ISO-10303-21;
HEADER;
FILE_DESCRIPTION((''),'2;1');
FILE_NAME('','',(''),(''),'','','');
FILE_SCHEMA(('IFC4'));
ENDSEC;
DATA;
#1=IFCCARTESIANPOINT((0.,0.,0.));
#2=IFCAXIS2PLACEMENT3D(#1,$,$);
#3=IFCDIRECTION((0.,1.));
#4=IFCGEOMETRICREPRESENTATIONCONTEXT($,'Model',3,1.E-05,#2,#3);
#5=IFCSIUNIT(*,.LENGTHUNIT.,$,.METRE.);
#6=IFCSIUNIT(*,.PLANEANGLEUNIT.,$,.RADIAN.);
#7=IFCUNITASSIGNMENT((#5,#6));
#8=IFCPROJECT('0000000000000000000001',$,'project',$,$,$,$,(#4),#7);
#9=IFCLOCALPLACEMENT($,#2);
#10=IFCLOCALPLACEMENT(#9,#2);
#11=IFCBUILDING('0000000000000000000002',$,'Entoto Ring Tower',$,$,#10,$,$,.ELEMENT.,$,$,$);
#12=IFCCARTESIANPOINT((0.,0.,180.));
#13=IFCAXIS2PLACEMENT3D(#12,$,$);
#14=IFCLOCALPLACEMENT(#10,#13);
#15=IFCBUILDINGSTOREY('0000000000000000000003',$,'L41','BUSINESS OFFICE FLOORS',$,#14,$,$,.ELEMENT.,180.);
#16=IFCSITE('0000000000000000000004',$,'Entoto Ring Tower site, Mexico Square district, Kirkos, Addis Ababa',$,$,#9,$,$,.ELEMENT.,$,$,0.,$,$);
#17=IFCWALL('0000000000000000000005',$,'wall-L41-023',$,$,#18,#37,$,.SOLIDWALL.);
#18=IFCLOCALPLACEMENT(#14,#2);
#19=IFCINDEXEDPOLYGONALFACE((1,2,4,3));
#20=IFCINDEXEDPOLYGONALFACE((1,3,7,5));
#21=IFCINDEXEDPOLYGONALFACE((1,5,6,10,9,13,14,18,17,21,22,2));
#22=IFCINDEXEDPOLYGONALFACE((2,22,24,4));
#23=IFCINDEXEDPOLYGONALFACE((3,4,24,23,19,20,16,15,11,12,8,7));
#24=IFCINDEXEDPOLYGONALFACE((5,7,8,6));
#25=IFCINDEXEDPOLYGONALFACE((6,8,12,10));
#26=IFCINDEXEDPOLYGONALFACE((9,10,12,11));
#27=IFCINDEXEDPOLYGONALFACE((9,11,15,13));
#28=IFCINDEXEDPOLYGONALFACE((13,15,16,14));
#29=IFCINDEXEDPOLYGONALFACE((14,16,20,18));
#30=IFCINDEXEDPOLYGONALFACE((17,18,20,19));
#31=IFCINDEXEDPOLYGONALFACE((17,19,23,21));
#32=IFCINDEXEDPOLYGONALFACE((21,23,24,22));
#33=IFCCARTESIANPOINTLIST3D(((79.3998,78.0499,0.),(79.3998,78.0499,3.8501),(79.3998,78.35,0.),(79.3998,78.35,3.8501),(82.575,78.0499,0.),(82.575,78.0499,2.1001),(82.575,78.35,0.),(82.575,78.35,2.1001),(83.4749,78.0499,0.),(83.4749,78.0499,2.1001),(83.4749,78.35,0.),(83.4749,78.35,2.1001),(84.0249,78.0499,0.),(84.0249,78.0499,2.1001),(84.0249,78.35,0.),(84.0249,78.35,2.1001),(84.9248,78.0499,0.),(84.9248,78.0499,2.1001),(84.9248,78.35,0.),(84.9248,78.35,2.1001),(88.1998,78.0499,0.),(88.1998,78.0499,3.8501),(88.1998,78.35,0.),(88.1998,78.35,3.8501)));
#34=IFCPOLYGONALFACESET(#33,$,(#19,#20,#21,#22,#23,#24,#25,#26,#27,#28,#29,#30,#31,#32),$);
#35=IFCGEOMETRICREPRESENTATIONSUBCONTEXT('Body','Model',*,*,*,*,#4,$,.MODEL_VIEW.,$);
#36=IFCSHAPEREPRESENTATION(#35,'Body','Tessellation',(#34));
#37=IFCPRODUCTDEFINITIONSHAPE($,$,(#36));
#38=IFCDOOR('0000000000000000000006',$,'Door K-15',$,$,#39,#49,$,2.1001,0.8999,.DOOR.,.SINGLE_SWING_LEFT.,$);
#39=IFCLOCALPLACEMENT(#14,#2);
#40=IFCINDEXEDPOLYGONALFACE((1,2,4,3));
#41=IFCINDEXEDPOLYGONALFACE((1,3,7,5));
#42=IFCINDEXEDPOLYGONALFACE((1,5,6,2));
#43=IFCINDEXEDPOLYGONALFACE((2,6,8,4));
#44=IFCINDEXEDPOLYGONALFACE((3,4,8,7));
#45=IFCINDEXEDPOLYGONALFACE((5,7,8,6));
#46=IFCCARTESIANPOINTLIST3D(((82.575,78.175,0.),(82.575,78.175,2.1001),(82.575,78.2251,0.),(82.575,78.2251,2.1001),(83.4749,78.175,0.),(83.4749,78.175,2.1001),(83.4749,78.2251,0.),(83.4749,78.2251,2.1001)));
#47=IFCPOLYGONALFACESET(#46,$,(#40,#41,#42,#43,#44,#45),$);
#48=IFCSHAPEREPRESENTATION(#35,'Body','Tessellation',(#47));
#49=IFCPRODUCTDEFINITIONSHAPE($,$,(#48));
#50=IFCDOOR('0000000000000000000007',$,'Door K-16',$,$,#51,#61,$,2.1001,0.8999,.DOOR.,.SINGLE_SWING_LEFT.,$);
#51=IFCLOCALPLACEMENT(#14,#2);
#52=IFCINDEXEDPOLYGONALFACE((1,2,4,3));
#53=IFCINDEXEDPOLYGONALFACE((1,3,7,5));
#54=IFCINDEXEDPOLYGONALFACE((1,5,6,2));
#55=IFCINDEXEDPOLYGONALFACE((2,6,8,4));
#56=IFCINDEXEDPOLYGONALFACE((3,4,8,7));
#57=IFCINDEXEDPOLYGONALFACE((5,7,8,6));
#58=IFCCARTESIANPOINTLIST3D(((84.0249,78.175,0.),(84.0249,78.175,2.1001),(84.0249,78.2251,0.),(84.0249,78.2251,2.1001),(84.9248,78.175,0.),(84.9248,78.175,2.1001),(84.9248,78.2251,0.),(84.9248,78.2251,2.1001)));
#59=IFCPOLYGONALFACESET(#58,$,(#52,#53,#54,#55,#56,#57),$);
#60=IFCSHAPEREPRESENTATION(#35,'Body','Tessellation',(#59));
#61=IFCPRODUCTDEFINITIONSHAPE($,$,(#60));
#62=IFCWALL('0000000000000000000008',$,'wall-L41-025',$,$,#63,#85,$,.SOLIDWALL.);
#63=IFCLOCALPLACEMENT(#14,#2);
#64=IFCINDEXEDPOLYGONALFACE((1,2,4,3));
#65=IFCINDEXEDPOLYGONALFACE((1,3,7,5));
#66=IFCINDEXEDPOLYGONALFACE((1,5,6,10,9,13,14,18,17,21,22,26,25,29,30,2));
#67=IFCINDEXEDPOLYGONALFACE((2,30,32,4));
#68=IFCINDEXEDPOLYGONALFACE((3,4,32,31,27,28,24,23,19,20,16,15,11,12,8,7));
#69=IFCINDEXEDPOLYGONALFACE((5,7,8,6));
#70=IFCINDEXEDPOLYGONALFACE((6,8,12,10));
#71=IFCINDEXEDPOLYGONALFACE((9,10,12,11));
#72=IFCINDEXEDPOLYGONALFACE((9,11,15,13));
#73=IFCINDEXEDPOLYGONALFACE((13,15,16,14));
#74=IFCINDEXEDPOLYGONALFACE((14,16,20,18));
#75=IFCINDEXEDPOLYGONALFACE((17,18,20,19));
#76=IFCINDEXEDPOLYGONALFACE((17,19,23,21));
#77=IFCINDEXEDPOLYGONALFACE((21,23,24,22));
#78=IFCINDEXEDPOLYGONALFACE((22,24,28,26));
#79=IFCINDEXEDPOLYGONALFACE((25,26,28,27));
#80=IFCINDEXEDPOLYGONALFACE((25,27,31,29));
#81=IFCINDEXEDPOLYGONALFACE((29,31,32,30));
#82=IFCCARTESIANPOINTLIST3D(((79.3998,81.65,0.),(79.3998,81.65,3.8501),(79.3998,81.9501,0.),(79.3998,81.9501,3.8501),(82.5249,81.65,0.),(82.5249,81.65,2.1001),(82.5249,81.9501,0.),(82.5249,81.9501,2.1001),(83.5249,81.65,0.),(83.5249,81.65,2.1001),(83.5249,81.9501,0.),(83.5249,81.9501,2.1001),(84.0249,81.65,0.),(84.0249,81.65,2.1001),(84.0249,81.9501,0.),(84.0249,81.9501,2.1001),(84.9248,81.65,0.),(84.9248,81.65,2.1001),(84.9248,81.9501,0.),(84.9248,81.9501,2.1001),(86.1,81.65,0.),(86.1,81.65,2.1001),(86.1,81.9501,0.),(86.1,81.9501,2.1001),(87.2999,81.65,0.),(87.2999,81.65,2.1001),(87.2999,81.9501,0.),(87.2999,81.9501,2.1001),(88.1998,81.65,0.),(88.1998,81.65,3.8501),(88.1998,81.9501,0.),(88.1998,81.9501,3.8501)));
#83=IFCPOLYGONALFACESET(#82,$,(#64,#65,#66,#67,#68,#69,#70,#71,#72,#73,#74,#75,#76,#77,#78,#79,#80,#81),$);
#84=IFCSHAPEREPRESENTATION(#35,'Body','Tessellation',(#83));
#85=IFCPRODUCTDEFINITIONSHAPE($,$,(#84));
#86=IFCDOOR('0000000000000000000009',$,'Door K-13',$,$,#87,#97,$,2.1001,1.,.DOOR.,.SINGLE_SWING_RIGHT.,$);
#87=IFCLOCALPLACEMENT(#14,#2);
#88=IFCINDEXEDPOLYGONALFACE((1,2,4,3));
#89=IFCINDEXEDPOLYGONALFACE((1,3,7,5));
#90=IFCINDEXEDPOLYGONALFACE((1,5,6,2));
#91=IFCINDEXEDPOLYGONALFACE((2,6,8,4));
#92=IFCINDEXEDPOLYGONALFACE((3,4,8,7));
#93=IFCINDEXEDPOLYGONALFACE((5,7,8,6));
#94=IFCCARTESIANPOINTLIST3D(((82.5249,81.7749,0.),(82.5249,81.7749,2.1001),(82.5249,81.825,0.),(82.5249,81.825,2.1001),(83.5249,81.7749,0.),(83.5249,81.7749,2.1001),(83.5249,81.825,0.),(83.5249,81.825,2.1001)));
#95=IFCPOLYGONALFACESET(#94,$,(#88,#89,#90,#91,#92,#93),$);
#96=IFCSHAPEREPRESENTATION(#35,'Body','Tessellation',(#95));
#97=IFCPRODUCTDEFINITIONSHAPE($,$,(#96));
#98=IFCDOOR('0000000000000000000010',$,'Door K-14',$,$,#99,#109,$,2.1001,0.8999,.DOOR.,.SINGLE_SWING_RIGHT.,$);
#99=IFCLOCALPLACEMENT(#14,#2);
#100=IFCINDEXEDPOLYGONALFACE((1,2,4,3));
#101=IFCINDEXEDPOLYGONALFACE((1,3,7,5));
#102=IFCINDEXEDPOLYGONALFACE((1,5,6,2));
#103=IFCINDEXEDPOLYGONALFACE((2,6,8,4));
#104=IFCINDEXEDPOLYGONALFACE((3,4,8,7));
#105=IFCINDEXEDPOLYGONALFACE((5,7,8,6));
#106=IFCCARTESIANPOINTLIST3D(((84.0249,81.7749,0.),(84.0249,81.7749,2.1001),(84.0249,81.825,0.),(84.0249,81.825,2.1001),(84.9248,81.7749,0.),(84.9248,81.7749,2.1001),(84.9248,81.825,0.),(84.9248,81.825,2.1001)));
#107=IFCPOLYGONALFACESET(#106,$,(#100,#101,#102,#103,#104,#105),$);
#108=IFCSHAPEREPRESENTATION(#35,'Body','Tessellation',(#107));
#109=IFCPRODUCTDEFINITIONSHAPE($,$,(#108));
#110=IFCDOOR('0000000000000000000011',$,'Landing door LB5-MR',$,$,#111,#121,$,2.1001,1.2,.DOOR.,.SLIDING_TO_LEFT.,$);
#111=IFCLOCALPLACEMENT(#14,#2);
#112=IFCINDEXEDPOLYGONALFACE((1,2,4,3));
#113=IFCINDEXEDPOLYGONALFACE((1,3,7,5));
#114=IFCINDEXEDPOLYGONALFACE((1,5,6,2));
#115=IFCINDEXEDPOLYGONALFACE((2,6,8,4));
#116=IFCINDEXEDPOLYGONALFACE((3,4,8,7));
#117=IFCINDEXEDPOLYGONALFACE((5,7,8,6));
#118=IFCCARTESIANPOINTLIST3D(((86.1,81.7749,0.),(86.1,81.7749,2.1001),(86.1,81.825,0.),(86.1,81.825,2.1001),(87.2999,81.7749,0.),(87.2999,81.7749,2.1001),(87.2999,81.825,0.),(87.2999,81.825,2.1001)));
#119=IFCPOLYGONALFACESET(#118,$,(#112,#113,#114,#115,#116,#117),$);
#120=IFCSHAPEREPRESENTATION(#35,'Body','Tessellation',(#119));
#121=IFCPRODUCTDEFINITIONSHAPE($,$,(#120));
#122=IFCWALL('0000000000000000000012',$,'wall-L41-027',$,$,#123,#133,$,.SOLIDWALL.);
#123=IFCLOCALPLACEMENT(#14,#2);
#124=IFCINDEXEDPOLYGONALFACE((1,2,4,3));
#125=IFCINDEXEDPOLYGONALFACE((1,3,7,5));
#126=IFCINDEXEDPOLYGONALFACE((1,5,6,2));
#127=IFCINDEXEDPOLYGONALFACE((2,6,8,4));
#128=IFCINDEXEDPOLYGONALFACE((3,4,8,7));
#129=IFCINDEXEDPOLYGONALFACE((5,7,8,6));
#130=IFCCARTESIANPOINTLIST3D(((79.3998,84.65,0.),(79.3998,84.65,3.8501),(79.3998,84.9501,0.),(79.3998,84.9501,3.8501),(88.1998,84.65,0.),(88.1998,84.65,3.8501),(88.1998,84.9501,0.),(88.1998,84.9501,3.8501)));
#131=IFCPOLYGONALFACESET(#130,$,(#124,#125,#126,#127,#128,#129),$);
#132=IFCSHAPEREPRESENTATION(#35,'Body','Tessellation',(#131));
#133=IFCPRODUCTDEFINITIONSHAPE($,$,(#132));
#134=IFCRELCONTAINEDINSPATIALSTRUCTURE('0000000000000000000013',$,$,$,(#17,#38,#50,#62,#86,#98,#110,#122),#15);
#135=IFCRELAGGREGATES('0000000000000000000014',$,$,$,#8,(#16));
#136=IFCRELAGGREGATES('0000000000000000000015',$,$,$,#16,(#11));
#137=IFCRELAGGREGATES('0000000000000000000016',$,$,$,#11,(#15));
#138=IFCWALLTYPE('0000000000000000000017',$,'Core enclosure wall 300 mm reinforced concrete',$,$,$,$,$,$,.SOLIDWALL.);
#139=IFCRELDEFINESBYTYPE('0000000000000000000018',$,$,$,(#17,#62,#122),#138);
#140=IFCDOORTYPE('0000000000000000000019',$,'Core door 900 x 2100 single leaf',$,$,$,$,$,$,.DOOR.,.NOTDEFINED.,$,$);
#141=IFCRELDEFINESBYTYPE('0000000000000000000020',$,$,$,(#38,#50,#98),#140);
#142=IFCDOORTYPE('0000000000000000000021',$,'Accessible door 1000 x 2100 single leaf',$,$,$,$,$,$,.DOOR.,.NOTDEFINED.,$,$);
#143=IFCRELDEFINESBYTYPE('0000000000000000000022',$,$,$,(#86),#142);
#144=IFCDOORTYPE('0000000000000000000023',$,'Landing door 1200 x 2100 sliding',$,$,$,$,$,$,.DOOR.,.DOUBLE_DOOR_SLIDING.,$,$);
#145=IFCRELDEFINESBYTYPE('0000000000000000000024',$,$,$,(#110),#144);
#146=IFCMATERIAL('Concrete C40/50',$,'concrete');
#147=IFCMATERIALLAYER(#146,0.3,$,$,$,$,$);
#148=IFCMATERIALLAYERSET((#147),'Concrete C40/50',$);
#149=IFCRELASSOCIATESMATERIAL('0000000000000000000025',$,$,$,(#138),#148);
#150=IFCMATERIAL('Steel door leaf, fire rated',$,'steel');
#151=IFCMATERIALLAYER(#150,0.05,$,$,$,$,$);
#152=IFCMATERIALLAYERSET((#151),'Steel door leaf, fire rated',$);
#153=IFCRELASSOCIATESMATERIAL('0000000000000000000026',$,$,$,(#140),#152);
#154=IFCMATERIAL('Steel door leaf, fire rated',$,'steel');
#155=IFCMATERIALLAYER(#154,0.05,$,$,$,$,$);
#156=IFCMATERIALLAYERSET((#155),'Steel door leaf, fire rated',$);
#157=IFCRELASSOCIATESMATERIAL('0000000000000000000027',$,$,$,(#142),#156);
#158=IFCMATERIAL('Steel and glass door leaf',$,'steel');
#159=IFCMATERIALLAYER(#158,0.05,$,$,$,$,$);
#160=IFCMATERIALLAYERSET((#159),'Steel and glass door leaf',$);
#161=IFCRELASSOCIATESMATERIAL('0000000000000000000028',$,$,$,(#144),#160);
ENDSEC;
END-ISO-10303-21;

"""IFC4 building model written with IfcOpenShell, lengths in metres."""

from ifc_helpers import new_model, si_unit, direction, frame, frame_2d, origin, place, context, subcontext, project, spatial, rectangle, extrude, material, layer, layer_set, type_object, element, fill, save


model = new_model("IFC4")

# Units and contexts
model_context = context("Model", 3, precision=1e-05, world=origin(), true_north=direction((0.0, 1.0)))
body_context = subcontext(model_context, "Body", "Model", "MODEL_VIEW")
ifc_project = project(units=[si_unit("LENGTHUNIT", "METRE"), si_unit("PLANEANGLEUNIT", "RADIAN")], contexts=[model_context])

# Site, building, storey
site_placement = place(None, origin())
site = spatial("IfcSite", under=ifc_project, at=site_placement, Name="Entoto Ring Tower site, Mexico Square district, Kirkos, Addis Ababa", CompositionType="ELEMENT", RefElevation=0.0)
building_placement = place(site_placement, origin())
building = spatial("IfcBuilding", under=site, at=building_placement, Name="Entoto Ring Tower", CompositionType="ELEMENT")
storey_placement = place(building_placement, frame((0.0, 0.0, 180.0)))
storey = spatial("IfcBuildingStorey", under=building, at=storey_placement, Name="L41", Description="BUSINESS OFFICE FLOORS", CompositionType="ELEMENT", Elevation=180.0)

# Shared definitions
ifc_material_1 = material(Name="Concrete C40/50", Category="concrete")
ifc_layer_1 = layer(ifc_material_1, 0.3)
ifc_layer_set_1 = layer_set([ifc_layer_1], Name="Concrete C40/50")
wall_type_1 = type_object("IfcWallType", Name="Core enclosure wall 300 mm reinforced concrete", PredefinedType="SOLIDWALL", material=ifc_layer_set_1)

# Walls, openings, doors
wall_1_placement = place(storey_placement, frame((79.3999, 78.2, 0.0), z_axis=(0.0, 0.0, 1.0), x_axis=(1.0, 0.0, 0.0)))
wall_1 = element("IfcWall", 1, at=wall_1_placement, inside=storey, type_object=wall_type_1, Name="wall-L41-023", PredefinedType="SOLIDWALL", context=body_context, shape_type="SweptSolid", body=[
    extrude(rectangle(XDim=8.8, YDim=0.3, at=frame_2d((4.3999, 0.0))), origin(), (0.0, 0.0, 1.0), 3.8501),
])
opening_1_placement = place(wall_1_placement, frame((3.175, 0.0, 0.0)))
opening_1 = element("IfcOpeningElement", 2, at=opening_1_placement, cuts=wall_1, PredefinedType="OPENING", context=body_context, shape_type="SweptSolid", body=[
    extrude(rectangle(XDim=0.8999, YDim=2.1001, at=frame_2d((0.45, 1.05))), frame((0.0, 0.1602, 0.0), z_axis=(0.0, -1.0, 0.0), x_axis=(1.0, 0.0, 0.0)), (0.0, 0.0, 1.0), 0.3201),
])
opening_2_placement = place(wall_1_placement, frame((4.625, 0.0, 0.0)))
opening_2 = element("IfcOpeningElement", 3, at=opening_2_placement, cuts=wall_1, PredefinedType="OPENING", context=body_context, shape_type="SweptSolid", body=[
    extrude(rectangle(XDim=0.8999, YDim=2.1001, at=frame_2d((0.45, 1.05))), frame((0.0, 0.1602, 0.0), z_axis=(0.0, -1.0, 0.0), x_axis=(1.0, 0.0, 0.0)), (0.0, 0.0, 1.0), 0.3201),
])
ifc_material_2 = material(Name="Steel door leaf, fire rated", Category="steel")
ifc_layer_2 = layer(ifc_material_2, 0.05)
ifc_layer_set_2 = layer_set([ifc_layer_2], Name="Steel door leaf, fire rated")
door_type_1 = type_object("IfcDoorType", Name="Core door 900 x 2100 single leaf", OperationType="NOTDEFINED", PredefinedType="DOOR", material=ifc_layer_set_2)
door_1_placement = place(opening_1_placement, frame((0.8999, 0.0, 0.0), z_axis=(0.0, 0.0, 1.0), x_axis=(-1.0, 0.0, 0.0)))
door_1 = element("IfcDoor", 4, at=door_1_placement, inside=storey, type_object=door_type_1, Name="Door K-15", OperationType="SINGLE_SWING_LEFT", OverallHeight=2.1001, OverallWidth=0.8999, PredefinedType="DOOR", context=body_context, shape_type="SweptSolid", body=[
    extrude(rectangle(XDim=0.8999, YDim=2.1001, at=frame_2d((0.45, 1.05))), frame((0.0, 0.0249, 0.0), z_axis=(0.0, -1.0, 0.0), x_axis=(1.0, 0.0, 0.0)), (0.0, 0.0, 1.0), 0.05),
])
fill(opening_1, door_1)
door_2_placement = place(opening_2_placement, frame((0.8999, 0.0, 0.0), z_axis=(0.0, 0.0, 1.0), x_axis=(-1.0, 0.0, 0.0)))
door_2 = element("IfcDoor", 5, at=door_2_placement, inside=storey, type_object=door_type_1, Name="Door K-16", OperationType="SINGLE_SWING_LEFT", OverallHeight=2.1001, OverallWidth=0.8999, PredefinedType="DOOR", context=body_context, shape_type="SweptSolid", body=[
    extrude(rectangle(XDim=0.8999, YDim=2.1001, at=frame_2d((0.45, 1.05))), frame((0.0, 0.0249, 0.0), z_axis=(0.0, -1.0, 0.0), x_axis=(1.0, 0.0, 0.0)), (0.0, 0.0, 1.0), 0.05),
])
fill(opening_2, door_2)
wall_2_placement = place(storey_placement, frame((79.3999, 81.8, 0.0), z_axis=(0.0, 0.0, 1.0), x_axis=(1.0, 0.0, 0.0)))
wall_2 = element("IfcWall", 6, at=wall_2_placement, inside=storey, type_object=wall_type_1, Name="wall-L41-025", PredefinedType="SOLIDWALL", context=body_context, shape_type="SweptSolid", body=[
    extrude(rectangle(XDim=8.8, YDim=0.3, at=frame_2d((4.3999, 0.0))), origin(), (0.0, 0.0, 1.0), 3.8501),
])
opening_3_placement = place(wall_2_placement, frame((6.7, 0.0, 0.0)))
opening_3 = element("IfcOpeningElement", 7, at=opening_3_placement, cuts=wall_2, PredefinedType="OPENING", context=body_context, shape_type="SweptSolid", body=[
    extrude(rectangle(XDim=1.2, YDim=2.1001, at=frame_2d((0.6001, 1.05))), frame((0.0, 0.1602, 0.0), z_axis=(0.0, -1.0, 0.0), x_axis=(1.0, 0.0, 0.0)), (0.0, 0.0, 1.0), 0.3201),
])
opening_4_placement = place(wall_2_placement, frame((3.125, 0.0, 0.0)))
opening_4 = element("IfcOpeningElement", 8, at=opening_4_placement, cuts=wall_2, PredefinedType="OPENING", context=body_context, shape_type="SweptSolid", body=[
    extrude(rectangle(XDim=1.0, YDim=2.1001, at=frame_2d((0.5, 1.05))), frame((0.0, 0.1602, 0.0), z_axis=(0.0, -1.0, 0.0), x_axis=(1.0, 0.0, 0.0)), (0.0, 0.0, 1.0), 0.3201),
])
opening_5_placement = place(wall_2_placement, frame((4.625, 0.0, 0.0)))
opening_5 = element("IfcOpeningElement", 9, at=opening_5_placement, cuts=wall_2, PredefinedType="OPENING", context=body_context, shape_type="SweptSolid", body=[
    extrude(rectangle(XDim=0.8999, YDim=2.1001, at=frame_2d((0.45, 1.05))), frame((0.0, 0.1602, 0.0), z_axis=(0.0, -1.0, 0.0), x_axis=(1.0, 0.0, 0.0)), (0.0, 0.0, 1.0), 0.3201),
])
ifc_material_3 = material(Name="Steel door leaf, fire rated", Category="steel")
ifc_layer_3 = layer(ifc_material_3, 0.05)
ifc_layer_set_3 = layer_set([ifc_layer_3], Name="Steel door leaf, fire rated")
door_type_2 = type_object("IfcDoorType", Name="Accessible door 1000 x 2100 single leaf", OperationType="NOTDEFINED", PredefinedType="DOOR", material=ifc_layer_set_3)
door_3_placement = place(opening_4_placement, origin())
door_3 = element("IfcDoor", 10, at=door_3_placement, inside=storey, type_object=door_type_2, Name="Door K-13", OperationType="SINGLE_SWING_RIGHT", OverallHeight=2.1001, OverallWidth=1.0, PredefinedType="DOOR", context=body_context, shape_type="SweptSolid", body=[
    extrude(rectangle(XDim=1.0, YDim=2.1001, at=frame_2d((0.5, 1.05))), frame((0.0, 0.0249, 0.0), z_axis=(0.0, -1.0, 0.0), x_axis=(1.0, 0.0, 0.0)), (0.0, 0.0, 1.0), 0.05),
])
fill(opening_4, door_3)
door_4_placement = place(opening_5_placement, origin())
door_4 = element("IfcDoor", 11, at=door_4_placement, inside=storey, type_object=door_type_1, Name="Door K-14", OperationType="SINGLE_SWING_RIGHT", OverallHeight=2.1001, OverallWidth=0.8999, PredefinedType="DOOR", context=body_context, shape_type="SweptSolid", body=[
    extrude(rectangle(XDim=0.8999, YDim=2.1001, at=frame_2d((0.45, 1.05))), frame((0.0, 0.0249, 0.0), z_axis=(0.0, -1.0, 0.0), x_axis=(1.0, 0.0, 0.0)), (0.0, 0.0, 1.0), 0.05),
])
fill(opening_5, door_4)
ifc_material_4 = material(Name="Steel and glass door leaf", Category="steel")
ifc_layer_4 = layer(ifc_material_4, 0.05)
ifc_layer_set_4 = layer_set([ifc_layer_4], Name="Steel and glass door leaf")
door_type_3 = type_object("IfcDoorType", Name="Landing door 1200 x 2100 sliding", OperationType="DOUBLE_DOOR_SLIDING", PredefinedType="DOOR", material=ifc_layer_set_4)
door_5_placement = place(opening_3_placement, origin())
door_5 = element("IfcDoor", 12, at=door_5_placement, inside=storey, type_object=door_type_3, Name="Landing door LB5-MR", OperationType="SLIDING_TO_LEFT", OverallHeight=2.1001, OverallWidth=1.2, PredefinedType="DOOR", context=body_context, shape_type="SweptSolid", body=[
    extrude(rectangle(XDim=1.2, YDim=2.1001, at=frame_2d((0.6001, 1.05))), frame((0.0, 0.0249, 0.0), z_axis=(0.0, -1.0, 0.0), x_axis=(1.0, 0.0, 0.0)), (0.0, 0.0, 1.0), 0.05),
])
fill(opening_3, door_5)

# Wall
wall_3_placement = place(storey_placement, frame((79.3999, 84.8, 0.0), z_axis=(0.0, 0.0, 1.0), x_axis=(1.0, 0.0, 0.0)))
element("IfcWall", 13, at=wall_3_placement, inside=storey, type_object=wall_type_1, Name="wall-L41-027", PredefinedType="SOLIDWALL", context=body_context, shape_type="SweptSolid", body=[
    extrude(rectangle(XDim=8.8, YDim=0.3, at=frame_2d((4.3999, 0.0))), origin(), (0.0, 0.0, 1.0), 3.8501),
])

save(model, "model.ifc")
